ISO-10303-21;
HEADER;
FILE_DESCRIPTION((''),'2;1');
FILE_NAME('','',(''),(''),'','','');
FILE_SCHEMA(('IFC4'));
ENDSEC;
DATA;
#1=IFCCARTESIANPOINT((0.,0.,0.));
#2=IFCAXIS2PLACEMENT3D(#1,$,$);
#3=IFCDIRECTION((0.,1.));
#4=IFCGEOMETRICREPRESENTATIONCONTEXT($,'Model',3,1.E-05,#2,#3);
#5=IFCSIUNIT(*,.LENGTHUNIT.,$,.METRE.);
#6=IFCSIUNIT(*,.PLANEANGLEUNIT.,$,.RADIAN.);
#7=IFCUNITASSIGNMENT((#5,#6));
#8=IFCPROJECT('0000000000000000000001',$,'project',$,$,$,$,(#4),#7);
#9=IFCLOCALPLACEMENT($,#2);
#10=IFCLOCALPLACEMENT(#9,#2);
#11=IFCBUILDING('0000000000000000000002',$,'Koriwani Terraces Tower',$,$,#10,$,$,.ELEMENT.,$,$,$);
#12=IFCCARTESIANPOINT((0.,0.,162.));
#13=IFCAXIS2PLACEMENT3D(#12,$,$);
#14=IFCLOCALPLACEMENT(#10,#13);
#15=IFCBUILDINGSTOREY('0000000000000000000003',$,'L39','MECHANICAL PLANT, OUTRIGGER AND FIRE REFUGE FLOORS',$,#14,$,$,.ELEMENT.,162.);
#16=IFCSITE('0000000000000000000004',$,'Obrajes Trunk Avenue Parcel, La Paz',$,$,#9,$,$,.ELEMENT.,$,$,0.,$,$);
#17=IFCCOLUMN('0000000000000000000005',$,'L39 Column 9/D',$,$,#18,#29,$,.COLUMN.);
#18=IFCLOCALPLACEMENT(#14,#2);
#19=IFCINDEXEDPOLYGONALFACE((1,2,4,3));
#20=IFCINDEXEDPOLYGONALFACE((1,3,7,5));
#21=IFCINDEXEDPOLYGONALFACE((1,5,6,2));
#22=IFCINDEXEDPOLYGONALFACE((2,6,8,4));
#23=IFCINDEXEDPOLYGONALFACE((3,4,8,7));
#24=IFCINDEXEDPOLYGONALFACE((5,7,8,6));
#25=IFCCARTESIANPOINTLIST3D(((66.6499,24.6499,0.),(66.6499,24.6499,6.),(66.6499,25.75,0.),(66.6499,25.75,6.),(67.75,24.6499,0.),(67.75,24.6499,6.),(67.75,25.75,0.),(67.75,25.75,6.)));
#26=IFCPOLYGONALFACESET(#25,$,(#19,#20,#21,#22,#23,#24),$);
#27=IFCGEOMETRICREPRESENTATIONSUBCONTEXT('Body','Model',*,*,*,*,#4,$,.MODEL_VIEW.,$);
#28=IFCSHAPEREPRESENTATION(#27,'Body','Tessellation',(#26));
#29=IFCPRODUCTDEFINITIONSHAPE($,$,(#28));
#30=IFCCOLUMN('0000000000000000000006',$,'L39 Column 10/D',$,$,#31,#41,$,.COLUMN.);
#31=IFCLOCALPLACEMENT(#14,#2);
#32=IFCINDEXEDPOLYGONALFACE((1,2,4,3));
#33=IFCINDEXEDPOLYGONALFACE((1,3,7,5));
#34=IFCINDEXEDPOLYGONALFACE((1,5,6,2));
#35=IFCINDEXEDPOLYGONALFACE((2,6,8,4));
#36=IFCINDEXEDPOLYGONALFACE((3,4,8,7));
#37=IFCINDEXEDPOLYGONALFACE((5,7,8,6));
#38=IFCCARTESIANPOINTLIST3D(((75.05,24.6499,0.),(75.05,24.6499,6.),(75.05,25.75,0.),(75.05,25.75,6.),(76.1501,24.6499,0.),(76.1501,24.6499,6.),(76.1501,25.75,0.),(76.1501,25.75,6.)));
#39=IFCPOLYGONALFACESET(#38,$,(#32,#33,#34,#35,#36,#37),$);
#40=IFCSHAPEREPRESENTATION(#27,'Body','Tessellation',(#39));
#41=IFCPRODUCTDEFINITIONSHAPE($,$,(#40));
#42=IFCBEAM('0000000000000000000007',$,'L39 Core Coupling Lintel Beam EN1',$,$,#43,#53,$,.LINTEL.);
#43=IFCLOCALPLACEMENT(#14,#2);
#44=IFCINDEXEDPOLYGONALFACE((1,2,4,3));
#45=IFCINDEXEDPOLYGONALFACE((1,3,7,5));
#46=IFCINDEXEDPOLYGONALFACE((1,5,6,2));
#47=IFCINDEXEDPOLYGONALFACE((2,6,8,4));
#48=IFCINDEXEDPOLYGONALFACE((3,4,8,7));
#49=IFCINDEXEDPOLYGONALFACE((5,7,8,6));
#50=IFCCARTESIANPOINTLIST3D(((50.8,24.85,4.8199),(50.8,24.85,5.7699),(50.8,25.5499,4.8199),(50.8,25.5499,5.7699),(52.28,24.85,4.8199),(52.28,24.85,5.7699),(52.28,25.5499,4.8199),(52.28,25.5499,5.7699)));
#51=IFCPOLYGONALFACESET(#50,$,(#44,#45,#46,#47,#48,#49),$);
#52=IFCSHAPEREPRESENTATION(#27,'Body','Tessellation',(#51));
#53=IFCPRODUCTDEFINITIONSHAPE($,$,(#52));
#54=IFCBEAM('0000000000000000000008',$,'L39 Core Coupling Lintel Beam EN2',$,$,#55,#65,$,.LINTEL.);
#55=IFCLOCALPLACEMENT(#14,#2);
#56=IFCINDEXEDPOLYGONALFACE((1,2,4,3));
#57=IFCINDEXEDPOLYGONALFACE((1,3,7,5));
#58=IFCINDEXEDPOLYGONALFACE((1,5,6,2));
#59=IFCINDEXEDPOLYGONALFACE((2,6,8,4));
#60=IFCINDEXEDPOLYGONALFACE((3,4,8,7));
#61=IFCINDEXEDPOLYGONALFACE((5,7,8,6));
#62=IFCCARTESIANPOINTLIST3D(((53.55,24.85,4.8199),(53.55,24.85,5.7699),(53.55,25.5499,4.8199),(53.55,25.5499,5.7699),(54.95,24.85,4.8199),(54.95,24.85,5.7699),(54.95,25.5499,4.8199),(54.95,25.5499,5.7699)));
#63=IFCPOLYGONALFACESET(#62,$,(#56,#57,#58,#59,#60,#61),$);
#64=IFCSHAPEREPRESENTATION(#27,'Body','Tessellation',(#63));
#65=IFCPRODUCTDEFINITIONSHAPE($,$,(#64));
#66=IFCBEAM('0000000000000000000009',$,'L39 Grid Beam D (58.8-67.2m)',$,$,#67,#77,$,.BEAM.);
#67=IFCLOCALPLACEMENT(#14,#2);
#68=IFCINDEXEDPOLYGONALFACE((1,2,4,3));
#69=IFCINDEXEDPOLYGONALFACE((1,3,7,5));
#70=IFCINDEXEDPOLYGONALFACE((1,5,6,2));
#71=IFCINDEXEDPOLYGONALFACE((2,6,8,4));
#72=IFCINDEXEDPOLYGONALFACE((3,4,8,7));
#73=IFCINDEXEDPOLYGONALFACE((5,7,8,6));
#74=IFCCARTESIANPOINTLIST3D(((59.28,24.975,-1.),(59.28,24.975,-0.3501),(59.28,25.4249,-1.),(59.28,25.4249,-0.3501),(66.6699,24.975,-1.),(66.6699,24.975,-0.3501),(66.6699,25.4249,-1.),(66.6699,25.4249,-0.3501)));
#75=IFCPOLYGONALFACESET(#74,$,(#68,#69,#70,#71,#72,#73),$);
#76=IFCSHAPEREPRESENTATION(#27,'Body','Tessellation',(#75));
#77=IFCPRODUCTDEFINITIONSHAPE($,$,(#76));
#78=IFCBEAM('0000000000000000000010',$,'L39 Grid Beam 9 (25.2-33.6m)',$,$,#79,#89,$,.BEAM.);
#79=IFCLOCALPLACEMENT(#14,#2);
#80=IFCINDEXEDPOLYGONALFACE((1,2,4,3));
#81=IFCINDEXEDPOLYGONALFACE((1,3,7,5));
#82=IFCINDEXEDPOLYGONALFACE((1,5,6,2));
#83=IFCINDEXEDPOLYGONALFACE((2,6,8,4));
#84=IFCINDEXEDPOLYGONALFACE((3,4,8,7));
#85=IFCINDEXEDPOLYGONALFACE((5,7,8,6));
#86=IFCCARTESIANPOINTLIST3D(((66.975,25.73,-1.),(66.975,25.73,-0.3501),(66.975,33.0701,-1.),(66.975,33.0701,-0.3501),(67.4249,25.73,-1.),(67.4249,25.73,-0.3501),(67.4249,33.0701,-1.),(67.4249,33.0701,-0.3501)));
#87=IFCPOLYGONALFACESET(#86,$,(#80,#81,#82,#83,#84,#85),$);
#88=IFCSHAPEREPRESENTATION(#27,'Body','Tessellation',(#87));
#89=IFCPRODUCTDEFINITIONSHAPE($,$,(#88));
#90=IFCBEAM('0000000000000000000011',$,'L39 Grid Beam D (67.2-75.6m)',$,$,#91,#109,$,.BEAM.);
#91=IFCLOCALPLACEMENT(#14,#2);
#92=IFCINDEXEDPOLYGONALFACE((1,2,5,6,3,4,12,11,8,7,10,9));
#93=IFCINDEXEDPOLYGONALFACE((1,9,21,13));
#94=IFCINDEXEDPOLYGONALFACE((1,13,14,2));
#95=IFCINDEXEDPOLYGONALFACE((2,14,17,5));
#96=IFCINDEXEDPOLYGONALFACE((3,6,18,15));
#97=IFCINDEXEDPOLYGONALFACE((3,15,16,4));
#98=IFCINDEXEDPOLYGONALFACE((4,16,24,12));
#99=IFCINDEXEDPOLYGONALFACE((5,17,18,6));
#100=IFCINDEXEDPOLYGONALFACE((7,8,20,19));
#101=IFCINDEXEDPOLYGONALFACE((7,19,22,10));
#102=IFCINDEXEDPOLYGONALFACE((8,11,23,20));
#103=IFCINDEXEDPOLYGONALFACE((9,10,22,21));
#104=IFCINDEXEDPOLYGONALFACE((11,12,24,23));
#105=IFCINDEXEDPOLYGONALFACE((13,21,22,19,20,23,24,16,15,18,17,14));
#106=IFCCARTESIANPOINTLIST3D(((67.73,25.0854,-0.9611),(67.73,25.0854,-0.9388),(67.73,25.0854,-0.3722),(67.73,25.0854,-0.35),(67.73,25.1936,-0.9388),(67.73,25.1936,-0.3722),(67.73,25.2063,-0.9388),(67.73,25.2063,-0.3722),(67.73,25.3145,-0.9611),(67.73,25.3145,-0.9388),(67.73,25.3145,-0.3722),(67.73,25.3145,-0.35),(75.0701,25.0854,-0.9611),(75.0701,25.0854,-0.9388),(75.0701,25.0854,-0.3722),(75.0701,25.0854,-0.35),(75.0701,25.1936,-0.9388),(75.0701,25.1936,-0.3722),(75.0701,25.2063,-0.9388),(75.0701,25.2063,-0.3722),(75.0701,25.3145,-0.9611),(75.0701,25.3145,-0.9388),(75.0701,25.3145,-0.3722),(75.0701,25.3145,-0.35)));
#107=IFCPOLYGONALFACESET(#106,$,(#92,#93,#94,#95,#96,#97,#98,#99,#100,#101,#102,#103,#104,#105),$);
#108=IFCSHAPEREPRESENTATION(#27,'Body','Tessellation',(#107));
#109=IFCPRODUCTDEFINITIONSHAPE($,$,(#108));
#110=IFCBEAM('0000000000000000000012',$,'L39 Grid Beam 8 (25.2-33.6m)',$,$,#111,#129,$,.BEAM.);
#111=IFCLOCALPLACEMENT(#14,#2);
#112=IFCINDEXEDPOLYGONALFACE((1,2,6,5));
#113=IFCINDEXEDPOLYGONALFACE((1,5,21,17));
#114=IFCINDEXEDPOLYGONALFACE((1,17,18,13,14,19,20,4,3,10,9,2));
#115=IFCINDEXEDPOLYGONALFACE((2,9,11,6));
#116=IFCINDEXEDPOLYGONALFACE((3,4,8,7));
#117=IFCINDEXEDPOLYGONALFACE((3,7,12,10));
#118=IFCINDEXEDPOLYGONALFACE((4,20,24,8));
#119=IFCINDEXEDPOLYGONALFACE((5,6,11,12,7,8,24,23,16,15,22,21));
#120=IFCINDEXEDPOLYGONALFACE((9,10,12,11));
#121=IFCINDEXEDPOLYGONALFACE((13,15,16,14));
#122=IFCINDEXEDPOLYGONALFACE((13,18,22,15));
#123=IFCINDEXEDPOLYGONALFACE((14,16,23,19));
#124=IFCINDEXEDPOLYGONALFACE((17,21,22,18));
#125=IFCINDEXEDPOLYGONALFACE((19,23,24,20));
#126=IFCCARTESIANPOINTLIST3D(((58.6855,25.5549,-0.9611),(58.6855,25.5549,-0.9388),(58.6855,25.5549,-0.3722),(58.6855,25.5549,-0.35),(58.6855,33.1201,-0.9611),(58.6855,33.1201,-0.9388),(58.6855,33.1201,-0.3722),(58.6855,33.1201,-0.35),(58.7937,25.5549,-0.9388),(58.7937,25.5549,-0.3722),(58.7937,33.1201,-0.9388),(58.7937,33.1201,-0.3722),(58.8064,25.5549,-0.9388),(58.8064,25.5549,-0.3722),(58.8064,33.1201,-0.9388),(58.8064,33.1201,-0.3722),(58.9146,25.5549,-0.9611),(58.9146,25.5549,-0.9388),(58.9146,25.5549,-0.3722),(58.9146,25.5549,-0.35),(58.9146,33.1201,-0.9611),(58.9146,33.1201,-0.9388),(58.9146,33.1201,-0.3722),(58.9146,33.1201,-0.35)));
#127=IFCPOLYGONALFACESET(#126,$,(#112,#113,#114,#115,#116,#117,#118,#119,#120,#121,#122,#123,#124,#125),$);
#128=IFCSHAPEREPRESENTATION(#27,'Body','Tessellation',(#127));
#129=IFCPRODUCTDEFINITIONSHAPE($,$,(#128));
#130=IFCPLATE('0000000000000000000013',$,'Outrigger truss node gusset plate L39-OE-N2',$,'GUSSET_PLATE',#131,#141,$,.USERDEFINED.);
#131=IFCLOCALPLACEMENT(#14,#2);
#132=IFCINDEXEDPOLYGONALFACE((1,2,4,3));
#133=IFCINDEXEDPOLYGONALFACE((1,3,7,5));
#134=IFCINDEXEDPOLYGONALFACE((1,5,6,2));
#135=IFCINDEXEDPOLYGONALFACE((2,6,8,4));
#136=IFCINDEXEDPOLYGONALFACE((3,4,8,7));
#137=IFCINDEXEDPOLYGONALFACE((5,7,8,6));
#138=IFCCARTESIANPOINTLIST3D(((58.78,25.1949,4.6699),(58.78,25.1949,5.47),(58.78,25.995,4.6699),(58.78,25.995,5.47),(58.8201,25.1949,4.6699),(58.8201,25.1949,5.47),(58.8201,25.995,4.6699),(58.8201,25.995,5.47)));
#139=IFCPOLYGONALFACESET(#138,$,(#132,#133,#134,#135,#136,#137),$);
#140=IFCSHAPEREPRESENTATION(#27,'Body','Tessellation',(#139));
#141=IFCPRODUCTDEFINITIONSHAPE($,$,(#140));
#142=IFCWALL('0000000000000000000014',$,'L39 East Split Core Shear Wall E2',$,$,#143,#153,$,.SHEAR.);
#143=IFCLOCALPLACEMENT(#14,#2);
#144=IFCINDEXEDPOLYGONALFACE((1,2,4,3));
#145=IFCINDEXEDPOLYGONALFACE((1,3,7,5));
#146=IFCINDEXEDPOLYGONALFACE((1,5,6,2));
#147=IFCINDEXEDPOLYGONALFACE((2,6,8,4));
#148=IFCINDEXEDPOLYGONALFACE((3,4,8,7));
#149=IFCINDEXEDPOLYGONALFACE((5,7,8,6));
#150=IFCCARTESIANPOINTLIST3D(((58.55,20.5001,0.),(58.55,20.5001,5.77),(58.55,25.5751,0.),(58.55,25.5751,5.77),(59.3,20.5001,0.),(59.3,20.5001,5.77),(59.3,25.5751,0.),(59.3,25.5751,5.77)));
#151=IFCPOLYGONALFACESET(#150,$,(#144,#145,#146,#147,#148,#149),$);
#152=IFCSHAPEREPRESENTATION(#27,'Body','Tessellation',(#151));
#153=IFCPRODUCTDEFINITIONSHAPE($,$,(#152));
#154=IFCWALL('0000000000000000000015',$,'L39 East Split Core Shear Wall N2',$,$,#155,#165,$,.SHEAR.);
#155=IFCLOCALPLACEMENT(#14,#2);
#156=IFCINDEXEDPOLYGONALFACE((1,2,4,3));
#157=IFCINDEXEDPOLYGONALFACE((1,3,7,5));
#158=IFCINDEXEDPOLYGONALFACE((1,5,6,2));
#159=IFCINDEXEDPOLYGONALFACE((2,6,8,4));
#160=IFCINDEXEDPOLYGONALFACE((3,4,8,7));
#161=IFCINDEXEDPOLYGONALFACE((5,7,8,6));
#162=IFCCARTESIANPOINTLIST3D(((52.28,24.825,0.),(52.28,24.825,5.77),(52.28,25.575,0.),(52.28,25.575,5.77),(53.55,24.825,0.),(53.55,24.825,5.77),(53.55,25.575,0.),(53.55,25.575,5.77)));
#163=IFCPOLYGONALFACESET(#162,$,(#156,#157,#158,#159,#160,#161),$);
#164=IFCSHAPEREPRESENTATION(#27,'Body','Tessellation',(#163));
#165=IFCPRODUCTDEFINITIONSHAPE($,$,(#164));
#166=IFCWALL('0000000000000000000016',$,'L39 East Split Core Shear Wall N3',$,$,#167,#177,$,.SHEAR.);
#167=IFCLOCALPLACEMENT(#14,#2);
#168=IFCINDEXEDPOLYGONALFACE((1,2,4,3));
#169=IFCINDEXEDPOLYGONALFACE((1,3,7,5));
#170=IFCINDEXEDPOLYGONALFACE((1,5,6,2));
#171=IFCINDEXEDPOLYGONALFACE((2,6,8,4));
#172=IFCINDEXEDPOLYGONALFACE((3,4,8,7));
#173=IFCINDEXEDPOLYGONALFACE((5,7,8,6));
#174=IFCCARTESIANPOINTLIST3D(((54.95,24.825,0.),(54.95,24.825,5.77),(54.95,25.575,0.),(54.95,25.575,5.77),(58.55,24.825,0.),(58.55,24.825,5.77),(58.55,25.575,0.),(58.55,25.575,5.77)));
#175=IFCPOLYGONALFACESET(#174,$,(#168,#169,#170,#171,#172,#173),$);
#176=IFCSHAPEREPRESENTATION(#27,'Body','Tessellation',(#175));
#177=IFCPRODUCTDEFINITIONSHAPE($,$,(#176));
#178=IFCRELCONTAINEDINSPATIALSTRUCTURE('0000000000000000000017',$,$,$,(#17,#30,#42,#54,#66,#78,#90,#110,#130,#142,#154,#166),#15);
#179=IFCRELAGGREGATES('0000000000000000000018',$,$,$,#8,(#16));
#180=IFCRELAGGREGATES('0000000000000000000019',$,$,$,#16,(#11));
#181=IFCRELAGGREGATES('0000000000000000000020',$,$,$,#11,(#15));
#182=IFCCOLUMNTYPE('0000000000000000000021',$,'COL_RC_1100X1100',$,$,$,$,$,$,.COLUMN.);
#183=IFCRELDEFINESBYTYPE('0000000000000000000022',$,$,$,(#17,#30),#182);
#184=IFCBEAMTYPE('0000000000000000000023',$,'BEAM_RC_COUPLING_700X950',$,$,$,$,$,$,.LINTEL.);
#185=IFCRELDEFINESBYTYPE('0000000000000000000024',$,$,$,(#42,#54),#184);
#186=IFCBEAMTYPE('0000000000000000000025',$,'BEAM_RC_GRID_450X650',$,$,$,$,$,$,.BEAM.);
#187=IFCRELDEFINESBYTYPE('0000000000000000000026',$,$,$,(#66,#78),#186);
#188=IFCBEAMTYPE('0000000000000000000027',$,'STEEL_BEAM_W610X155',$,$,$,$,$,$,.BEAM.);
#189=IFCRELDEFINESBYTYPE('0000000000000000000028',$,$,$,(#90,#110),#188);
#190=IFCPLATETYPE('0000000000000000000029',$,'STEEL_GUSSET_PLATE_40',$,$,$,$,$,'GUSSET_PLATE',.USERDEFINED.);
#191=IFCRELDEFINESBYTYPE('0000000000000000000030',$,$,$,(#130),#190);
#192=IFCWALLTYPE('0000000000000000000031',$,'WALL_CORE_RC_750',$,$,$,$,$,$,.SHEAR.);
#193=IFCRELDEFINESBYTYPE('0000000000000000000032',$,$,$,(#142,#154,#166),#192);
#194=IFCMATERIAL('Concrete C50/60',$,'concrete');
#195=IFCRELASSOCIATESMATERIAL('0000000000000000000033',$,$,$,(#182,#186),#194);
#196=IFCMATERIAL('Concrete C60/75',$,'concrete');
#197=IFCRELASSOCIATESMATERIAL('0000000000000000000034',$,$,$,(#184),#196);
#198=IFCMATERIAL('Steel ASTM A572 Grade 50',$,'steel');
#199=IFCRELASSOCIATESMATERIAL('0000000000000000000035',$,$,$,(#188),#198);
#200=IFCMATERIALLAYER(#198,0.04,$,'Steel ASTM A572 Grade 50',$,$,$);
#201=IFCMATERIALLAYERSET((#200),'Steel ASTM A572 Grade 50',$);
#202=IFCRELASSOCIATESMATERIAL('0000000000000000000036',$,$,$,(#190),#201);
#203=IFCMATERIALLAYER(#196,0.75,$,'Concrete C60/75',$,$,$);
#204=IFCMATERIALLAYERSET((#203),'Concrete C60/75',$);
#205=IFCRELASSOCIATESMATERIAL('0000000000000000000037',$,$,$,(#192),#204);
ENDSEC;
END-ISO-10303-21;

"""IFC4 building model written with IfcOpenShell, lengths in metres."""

from ifc_helpers import new_model, si_unit, direction, frame, frame_2d, origin, origin_2d, place, context, subcontext, project, spatial, rectangle, i_section, extrude, material, layer, layer_set, material_profile, profile_set, type_object, element, save


model = new_model("IFC4")

# Units and contexts
model_context = context("Model", 3, precision=1e-05, world=origin(), true_north=direction((0.0, 1.0)))
body_context = subcontext(model_context, "Body", "Model", "MODEL_VIEW")
ifc_project = project(units=[si_unit("LENGTHUNIT", "METRE"), si_unit("PLANEANGLEUNIT", "RADIAN")], contexts=[model_context])

# Site, building, storey
site_placement = place(None, origin())
site = spatial("IfcSite", under=ifc_project, at=site_placement, Name="Obrajes Trunk Avenue Parcel, La Paz", CompositionType="ELEMENT", RefElevation=0.0)
building_placement = place(site_placement, origin())
building = spatial("IfcBuilding", under=site, at=building_placement, Name="Koriwani Terraces Tower", CompositionType="ELEMENT")
storey_placement = place(building_placement, frame((0.0, 0.0, 162.0)))
storey = spatial("IfcBuildingStorey", under=building, at=storey_placement, Name="L39", Description="MECHANICAL PLANT, OUTRIGGER AND FIRE REFUGE FLOORS", CompositionType="ELEMENT", Elevation=162.0)

# Columns
ifc_material_1 = material(Name="Concrete C50/60", Category="concrete")
ifc_material_profile_1 = material_profile(ifc_material_1, rectangle(XDim=1.1001, YDim=1.1001, at=origin_2d()), Name="Concrete C50/60", Category="LoadBearing")
ifc_profile_set_1 = profile_set([ifc_material_profile_1], Name="Concrete C50/60")
column_type = type_object("IfcColumnType", Name="COL_RC_1100X1100", PredefinedType="COLUMN", material=ifc_profile_set_1)
for number, where, z_axis, x_axis, name in (
    (1, (67.2, 25.2, 0.0), (0.0, 0.0, 1.0), (1.0, 0.0, 0.0), "L39 Column 9/D"),
    (2, (75.6001, 25.2, 0.0), (0.0, 0.0, 1.0), (1.0, 0.0, 0.0), "L39 Column 10/D"),
):
    element("IfcColumn", number, at=place(storey_placement, frame(where, z_axis=z_axis, x_axis=x_axis)), inside=storey, type_object=column_type, Name=name, PredefinedType="COLUMN", context=body_context, shape_type="SweptSolid", body=[
        extrude(rectangle(XDim=1.1001, YDim=1.1001, at=origin_2d()), origin(), (0.0, 0.0, 1.0), 6.0),
    ])

# Beams
ifc_material_2 = material(Name="Concrete C60/75", Category="concrete")
ifc_material_profile_2 = material_profile(ifc_material_2, rectangle(XDim=0.7, YDim=0.95, at=origin_2d()), Name="Concrete C60/75", Category="LoadBearing")
ifc_profile_set_2 = profile_set([ifc_material_profile_2], Name="Concrete C60/75")
beam_type_1 = type_object("IfcBeamType", Name="BEAM_RC_COUPLING_700X950", PredefinedType="LINTEL", material=ifc_profile_set_2)
beam_1_placement = place(storey_placement, frame((50.8, 25.2, 5.2949), z_axis=(1.0, 0.0, 0.0), x_axis=(0.0, 1.0, 0.0)))
element("IfcBeam", 3, at=beam_1_placement, inside=storey, type_object=beam_type_1, Name="L39 Core Coupling Lintel Beam EN1", PredefinedType="LINTEL", context=body_context, shape_type="SweptSolid", body=[
    extrude(rectangle(XDim=0.7, YDim=0.95, at=origin_2d()), origin(), (0.0, 0.0, 1.0), 1.48),
])
beam_2_placement = place(storey_placement, frame((53.55, 25.2, 5.2949), z_axis=(1.0, 0.0, 0.0), x_axis=(0.0, 1.0, 0.0)))
element("IfcBeam", 4, at=beam_2_placement, inside=storey, type_object=beam_type_1, Name="L39 Core Coupling Lintel Beam EN2", PredefinedType="LINTEL", context=body_context, shape_type="SweptSolid", body=[
    extrude(rectangle(XDim=0.7, YDim=0.95, at=origin_2d()), origin(), (0.0, 0.0, 1.0), 1.3999),
])
ifc_material_profile_3 = material_profile(ifc_material_1, rectangle(XDim=0.45, YDim=0.6499, at=origin_2d()), Name="Concrete C50/60", Category="LoadBearing")
ifc_profile_set_3 = profile_set([ifc_material_profile_3], Name="Concrete C50/60")
beam_type_2 = type_object("IfcBeamType", Name="BEAM_RC_GRID_450X650", PredefinedType="BEAM", material=ifc_profile_set_3)
beam_3_placement = place(storey_placement, frame((59.28, 25.2, -0.675), z_axis=(1.0, 0.0, 0.0), x_axis=(0.0, 1.0, 0.0)))
element("IfcBeam", 5, at=beam_3_placement, inside=storey, type_object=beam_type_2, Name="L39 Grid Beam D (58.8-67.2m)", PredefinedType="BEAM", context=body_context, shape_type="SweptSolid", body=[
    extrude(rectangle(XDim=0.45, YDim=0.6499, at=origin_2d()), origin(), (0.0, 0.0, 1.0), 7.3899),
])
beam_4_placement = place(storey_placement, frame((67.2, 25.73, -0.675), z_axis=(0.0, 1.0, 0.0), x_axis=(-1.0, 0.0, 0.0)))
element("IfcBeam", 6, at=beam_4_placement, inside=storey, type_object=beam_type_2, Name="L39 Grid Beam 9 (25.2-33.6m)", PredefinedType="BEAM", context=body_context, shape_type="SweptSolid", body=[
    extrude(rectangle(XDim=0.45, YDim=0.6499, at=origin_2d()), origin(), (0.0, 0.0, 1.0), 7.3401),
])
ifc_material_3 = material(Name="Steel ASTM A572 Grade 50", Category="steel")
ifc_material_profile_4 = material_profile(ifc_material_3, i_section(OverallWidth=0.229, OverallDepth=0.6111, WebThickness=0.0127, FlangeThickness=0.0222, at=origin_2d()), Name="Steel ASTM A572 Grade 50", Category="LoadBearing")
ifc_profile_set_4 = profile_set([ifc_material_profile_4], Name="Steel ASTM A572 Grade 50")
beam_type_3 = type_object("IfcBeamType", Name="STEEL_BEAM_W610X155", PredefinedType="BEAM", material=ifc_profile_set_4)
beam_5_placement = place(storey_placement, frame((67.73, 25.2, -0.6555), z_axis=(1.0, 0.0, 0.0), x_axis=(0.0, 1.0, 0.0)))
element("IfcBeam", 7, at=beam_5_placement, inside=storey, type_object=beam_type_3, Name="L39 Grid Beam D (67.2-75.6m)", PredefinedType="BEAM", context=body_context, shape_type="SweptSolid", body=[
    extrude(i_section(OverallWidth=0.229, OverallDepth=0.6111, WebThickness=0.0127, FlangeThickness=0.0222, at=origin_2d()), origin(), (0.0, 0.0, 1.0), 7.3401),
])
beam_6_placement = place(storey_placement, frame((58.8, 25.5549, -0.6555), z_axis=(0.0, 1.0, 0.0), x_axis=(-1.0, 0.0, 0.0)))
element("IfcBeam", 8, at=beam_6_placement, inside=storey, type_object=beam_type_3, Name="L39 Grid Beam 8 (25.2-33.6m)", PredefinedType="BEAM", context=body_context, shape_type="SweptSolid", body=[
    extrude(i_section(OverallWidth=0.229, OverallDepth=0.6111, WebThickness=0.0127, FlangeThickness=0.0222, at=origin_2d()), origin(), (0.0, 0.0, 1.0), 7.5652),
])

# Plate
ifc_layer_1 = layer(ifc_material_3, 0.04, Name="Steel ASTM A572 Grade 50")
ifc_layer_set_1 = layer_set([ifc_layer_1], Name="Steel ASTM A572 Grade 50")
plate_type = type_object("IfcPlateType", Name="STEEL_GUSSET_PLATE_40", ElementType="GUSSET_PLATE", PredefinedType="USERDEFINED", material=ifc_layer_set_1)
plate_placement = place(storey_placement, frame((58.8, 25.595, 4.6699), z_axis=(0.0, 0.0, 1.0), x_axis=(0.0, -1.0, 0.0)))
element("IfcPlate", 9, at=plate_placement, inside=storey, type_object=plate_type, Name="Outrigger truss node gusset plate L39-OE-N2", ObjectType="GUSSET_PLATE", PredefinedType="USERDEFINED", context=body_context, shape_type="SweptSolid", body=[
    extrude(rectangle(XDim=0.8, YDim=0.04, at=origin_2d()), origin(), (0.0, 0.0, 1.0), 0.8),
])

# Walls
ifc_layer_2 = layer(ifc_material_2, 0.75, Name="Concrete C60/75")
ifc_layer_set_2 = layer_set([ifc_layer_2], Name="Concrete C60/75")
wall_type_1 = type_object("IfcWallType", Name="WALL_CORE_RC_750", PredefinedType="SHEAR", material=ifc_layer_set_2)
wall_1_placement = place(storey_placement, frame((58.925, 20.5, 0.0), z_axis=(0.0, 0.0, 1.0), x_axis=(0.0, 1.0, 0.0)))
element("IfcWall", 10, at=wall_1_placement, inside=storey, type_object=wall_type_1, Name="L39 East Split Core Shear Wall E2", PredefinedType="SHEAR", context=body_context, shape_type="SweptSolid", body=[
    extrude(rectangle(XDim=5.075, YDim=0.75, at=frame_2d((2.5376, 0.0))), origin(), (0.0, 0.0, 1.0), 5.77),
])
wall_2_placement = place(storey_placement, frame((52.28, 25.2, 0.0), z_axis=(0.0, 0.0, 1.0), x_axis=(1.0, 0.0, 0.0)))
element("IfcWall", 11, at=wall_2_placement, inside=storey, type_object=wall_type_1, Name="L39 East Split Core Shear Wall N2", PredefinedType="SHEAR", context=body_context, shape_type="SweptSolid", body=[
    extrude(rectangle(XDim=1.27, YDim=0.75, at=frame_2d((0.635, 0.0))), origin(), (0.0, 0.0, 1.0), 5.77),
])
wall_3_placement = place(storey_placement, frame((54.95, 25.2, 0.0), z_axis=(0.0, 0.0, 1.0), x_axis=(1.0, 0.0, 0.0)))
element("IfcWall", 12, at=wall_3_placement, inside=storey, type_object=wall_type_1, Name="L39 East Split Core Shear Wall N3", PredefinedType="SHEAR", context=body_context, shape_type="SweptSolid", body=[
    extrude(rectangle(XDim=3.6001, YDim=0.75, at=frame_2d((1.8, 0.0))), origin(), (0.0, 0.0, 1.0), 5.77),
])

save(model, "model.ifc")
